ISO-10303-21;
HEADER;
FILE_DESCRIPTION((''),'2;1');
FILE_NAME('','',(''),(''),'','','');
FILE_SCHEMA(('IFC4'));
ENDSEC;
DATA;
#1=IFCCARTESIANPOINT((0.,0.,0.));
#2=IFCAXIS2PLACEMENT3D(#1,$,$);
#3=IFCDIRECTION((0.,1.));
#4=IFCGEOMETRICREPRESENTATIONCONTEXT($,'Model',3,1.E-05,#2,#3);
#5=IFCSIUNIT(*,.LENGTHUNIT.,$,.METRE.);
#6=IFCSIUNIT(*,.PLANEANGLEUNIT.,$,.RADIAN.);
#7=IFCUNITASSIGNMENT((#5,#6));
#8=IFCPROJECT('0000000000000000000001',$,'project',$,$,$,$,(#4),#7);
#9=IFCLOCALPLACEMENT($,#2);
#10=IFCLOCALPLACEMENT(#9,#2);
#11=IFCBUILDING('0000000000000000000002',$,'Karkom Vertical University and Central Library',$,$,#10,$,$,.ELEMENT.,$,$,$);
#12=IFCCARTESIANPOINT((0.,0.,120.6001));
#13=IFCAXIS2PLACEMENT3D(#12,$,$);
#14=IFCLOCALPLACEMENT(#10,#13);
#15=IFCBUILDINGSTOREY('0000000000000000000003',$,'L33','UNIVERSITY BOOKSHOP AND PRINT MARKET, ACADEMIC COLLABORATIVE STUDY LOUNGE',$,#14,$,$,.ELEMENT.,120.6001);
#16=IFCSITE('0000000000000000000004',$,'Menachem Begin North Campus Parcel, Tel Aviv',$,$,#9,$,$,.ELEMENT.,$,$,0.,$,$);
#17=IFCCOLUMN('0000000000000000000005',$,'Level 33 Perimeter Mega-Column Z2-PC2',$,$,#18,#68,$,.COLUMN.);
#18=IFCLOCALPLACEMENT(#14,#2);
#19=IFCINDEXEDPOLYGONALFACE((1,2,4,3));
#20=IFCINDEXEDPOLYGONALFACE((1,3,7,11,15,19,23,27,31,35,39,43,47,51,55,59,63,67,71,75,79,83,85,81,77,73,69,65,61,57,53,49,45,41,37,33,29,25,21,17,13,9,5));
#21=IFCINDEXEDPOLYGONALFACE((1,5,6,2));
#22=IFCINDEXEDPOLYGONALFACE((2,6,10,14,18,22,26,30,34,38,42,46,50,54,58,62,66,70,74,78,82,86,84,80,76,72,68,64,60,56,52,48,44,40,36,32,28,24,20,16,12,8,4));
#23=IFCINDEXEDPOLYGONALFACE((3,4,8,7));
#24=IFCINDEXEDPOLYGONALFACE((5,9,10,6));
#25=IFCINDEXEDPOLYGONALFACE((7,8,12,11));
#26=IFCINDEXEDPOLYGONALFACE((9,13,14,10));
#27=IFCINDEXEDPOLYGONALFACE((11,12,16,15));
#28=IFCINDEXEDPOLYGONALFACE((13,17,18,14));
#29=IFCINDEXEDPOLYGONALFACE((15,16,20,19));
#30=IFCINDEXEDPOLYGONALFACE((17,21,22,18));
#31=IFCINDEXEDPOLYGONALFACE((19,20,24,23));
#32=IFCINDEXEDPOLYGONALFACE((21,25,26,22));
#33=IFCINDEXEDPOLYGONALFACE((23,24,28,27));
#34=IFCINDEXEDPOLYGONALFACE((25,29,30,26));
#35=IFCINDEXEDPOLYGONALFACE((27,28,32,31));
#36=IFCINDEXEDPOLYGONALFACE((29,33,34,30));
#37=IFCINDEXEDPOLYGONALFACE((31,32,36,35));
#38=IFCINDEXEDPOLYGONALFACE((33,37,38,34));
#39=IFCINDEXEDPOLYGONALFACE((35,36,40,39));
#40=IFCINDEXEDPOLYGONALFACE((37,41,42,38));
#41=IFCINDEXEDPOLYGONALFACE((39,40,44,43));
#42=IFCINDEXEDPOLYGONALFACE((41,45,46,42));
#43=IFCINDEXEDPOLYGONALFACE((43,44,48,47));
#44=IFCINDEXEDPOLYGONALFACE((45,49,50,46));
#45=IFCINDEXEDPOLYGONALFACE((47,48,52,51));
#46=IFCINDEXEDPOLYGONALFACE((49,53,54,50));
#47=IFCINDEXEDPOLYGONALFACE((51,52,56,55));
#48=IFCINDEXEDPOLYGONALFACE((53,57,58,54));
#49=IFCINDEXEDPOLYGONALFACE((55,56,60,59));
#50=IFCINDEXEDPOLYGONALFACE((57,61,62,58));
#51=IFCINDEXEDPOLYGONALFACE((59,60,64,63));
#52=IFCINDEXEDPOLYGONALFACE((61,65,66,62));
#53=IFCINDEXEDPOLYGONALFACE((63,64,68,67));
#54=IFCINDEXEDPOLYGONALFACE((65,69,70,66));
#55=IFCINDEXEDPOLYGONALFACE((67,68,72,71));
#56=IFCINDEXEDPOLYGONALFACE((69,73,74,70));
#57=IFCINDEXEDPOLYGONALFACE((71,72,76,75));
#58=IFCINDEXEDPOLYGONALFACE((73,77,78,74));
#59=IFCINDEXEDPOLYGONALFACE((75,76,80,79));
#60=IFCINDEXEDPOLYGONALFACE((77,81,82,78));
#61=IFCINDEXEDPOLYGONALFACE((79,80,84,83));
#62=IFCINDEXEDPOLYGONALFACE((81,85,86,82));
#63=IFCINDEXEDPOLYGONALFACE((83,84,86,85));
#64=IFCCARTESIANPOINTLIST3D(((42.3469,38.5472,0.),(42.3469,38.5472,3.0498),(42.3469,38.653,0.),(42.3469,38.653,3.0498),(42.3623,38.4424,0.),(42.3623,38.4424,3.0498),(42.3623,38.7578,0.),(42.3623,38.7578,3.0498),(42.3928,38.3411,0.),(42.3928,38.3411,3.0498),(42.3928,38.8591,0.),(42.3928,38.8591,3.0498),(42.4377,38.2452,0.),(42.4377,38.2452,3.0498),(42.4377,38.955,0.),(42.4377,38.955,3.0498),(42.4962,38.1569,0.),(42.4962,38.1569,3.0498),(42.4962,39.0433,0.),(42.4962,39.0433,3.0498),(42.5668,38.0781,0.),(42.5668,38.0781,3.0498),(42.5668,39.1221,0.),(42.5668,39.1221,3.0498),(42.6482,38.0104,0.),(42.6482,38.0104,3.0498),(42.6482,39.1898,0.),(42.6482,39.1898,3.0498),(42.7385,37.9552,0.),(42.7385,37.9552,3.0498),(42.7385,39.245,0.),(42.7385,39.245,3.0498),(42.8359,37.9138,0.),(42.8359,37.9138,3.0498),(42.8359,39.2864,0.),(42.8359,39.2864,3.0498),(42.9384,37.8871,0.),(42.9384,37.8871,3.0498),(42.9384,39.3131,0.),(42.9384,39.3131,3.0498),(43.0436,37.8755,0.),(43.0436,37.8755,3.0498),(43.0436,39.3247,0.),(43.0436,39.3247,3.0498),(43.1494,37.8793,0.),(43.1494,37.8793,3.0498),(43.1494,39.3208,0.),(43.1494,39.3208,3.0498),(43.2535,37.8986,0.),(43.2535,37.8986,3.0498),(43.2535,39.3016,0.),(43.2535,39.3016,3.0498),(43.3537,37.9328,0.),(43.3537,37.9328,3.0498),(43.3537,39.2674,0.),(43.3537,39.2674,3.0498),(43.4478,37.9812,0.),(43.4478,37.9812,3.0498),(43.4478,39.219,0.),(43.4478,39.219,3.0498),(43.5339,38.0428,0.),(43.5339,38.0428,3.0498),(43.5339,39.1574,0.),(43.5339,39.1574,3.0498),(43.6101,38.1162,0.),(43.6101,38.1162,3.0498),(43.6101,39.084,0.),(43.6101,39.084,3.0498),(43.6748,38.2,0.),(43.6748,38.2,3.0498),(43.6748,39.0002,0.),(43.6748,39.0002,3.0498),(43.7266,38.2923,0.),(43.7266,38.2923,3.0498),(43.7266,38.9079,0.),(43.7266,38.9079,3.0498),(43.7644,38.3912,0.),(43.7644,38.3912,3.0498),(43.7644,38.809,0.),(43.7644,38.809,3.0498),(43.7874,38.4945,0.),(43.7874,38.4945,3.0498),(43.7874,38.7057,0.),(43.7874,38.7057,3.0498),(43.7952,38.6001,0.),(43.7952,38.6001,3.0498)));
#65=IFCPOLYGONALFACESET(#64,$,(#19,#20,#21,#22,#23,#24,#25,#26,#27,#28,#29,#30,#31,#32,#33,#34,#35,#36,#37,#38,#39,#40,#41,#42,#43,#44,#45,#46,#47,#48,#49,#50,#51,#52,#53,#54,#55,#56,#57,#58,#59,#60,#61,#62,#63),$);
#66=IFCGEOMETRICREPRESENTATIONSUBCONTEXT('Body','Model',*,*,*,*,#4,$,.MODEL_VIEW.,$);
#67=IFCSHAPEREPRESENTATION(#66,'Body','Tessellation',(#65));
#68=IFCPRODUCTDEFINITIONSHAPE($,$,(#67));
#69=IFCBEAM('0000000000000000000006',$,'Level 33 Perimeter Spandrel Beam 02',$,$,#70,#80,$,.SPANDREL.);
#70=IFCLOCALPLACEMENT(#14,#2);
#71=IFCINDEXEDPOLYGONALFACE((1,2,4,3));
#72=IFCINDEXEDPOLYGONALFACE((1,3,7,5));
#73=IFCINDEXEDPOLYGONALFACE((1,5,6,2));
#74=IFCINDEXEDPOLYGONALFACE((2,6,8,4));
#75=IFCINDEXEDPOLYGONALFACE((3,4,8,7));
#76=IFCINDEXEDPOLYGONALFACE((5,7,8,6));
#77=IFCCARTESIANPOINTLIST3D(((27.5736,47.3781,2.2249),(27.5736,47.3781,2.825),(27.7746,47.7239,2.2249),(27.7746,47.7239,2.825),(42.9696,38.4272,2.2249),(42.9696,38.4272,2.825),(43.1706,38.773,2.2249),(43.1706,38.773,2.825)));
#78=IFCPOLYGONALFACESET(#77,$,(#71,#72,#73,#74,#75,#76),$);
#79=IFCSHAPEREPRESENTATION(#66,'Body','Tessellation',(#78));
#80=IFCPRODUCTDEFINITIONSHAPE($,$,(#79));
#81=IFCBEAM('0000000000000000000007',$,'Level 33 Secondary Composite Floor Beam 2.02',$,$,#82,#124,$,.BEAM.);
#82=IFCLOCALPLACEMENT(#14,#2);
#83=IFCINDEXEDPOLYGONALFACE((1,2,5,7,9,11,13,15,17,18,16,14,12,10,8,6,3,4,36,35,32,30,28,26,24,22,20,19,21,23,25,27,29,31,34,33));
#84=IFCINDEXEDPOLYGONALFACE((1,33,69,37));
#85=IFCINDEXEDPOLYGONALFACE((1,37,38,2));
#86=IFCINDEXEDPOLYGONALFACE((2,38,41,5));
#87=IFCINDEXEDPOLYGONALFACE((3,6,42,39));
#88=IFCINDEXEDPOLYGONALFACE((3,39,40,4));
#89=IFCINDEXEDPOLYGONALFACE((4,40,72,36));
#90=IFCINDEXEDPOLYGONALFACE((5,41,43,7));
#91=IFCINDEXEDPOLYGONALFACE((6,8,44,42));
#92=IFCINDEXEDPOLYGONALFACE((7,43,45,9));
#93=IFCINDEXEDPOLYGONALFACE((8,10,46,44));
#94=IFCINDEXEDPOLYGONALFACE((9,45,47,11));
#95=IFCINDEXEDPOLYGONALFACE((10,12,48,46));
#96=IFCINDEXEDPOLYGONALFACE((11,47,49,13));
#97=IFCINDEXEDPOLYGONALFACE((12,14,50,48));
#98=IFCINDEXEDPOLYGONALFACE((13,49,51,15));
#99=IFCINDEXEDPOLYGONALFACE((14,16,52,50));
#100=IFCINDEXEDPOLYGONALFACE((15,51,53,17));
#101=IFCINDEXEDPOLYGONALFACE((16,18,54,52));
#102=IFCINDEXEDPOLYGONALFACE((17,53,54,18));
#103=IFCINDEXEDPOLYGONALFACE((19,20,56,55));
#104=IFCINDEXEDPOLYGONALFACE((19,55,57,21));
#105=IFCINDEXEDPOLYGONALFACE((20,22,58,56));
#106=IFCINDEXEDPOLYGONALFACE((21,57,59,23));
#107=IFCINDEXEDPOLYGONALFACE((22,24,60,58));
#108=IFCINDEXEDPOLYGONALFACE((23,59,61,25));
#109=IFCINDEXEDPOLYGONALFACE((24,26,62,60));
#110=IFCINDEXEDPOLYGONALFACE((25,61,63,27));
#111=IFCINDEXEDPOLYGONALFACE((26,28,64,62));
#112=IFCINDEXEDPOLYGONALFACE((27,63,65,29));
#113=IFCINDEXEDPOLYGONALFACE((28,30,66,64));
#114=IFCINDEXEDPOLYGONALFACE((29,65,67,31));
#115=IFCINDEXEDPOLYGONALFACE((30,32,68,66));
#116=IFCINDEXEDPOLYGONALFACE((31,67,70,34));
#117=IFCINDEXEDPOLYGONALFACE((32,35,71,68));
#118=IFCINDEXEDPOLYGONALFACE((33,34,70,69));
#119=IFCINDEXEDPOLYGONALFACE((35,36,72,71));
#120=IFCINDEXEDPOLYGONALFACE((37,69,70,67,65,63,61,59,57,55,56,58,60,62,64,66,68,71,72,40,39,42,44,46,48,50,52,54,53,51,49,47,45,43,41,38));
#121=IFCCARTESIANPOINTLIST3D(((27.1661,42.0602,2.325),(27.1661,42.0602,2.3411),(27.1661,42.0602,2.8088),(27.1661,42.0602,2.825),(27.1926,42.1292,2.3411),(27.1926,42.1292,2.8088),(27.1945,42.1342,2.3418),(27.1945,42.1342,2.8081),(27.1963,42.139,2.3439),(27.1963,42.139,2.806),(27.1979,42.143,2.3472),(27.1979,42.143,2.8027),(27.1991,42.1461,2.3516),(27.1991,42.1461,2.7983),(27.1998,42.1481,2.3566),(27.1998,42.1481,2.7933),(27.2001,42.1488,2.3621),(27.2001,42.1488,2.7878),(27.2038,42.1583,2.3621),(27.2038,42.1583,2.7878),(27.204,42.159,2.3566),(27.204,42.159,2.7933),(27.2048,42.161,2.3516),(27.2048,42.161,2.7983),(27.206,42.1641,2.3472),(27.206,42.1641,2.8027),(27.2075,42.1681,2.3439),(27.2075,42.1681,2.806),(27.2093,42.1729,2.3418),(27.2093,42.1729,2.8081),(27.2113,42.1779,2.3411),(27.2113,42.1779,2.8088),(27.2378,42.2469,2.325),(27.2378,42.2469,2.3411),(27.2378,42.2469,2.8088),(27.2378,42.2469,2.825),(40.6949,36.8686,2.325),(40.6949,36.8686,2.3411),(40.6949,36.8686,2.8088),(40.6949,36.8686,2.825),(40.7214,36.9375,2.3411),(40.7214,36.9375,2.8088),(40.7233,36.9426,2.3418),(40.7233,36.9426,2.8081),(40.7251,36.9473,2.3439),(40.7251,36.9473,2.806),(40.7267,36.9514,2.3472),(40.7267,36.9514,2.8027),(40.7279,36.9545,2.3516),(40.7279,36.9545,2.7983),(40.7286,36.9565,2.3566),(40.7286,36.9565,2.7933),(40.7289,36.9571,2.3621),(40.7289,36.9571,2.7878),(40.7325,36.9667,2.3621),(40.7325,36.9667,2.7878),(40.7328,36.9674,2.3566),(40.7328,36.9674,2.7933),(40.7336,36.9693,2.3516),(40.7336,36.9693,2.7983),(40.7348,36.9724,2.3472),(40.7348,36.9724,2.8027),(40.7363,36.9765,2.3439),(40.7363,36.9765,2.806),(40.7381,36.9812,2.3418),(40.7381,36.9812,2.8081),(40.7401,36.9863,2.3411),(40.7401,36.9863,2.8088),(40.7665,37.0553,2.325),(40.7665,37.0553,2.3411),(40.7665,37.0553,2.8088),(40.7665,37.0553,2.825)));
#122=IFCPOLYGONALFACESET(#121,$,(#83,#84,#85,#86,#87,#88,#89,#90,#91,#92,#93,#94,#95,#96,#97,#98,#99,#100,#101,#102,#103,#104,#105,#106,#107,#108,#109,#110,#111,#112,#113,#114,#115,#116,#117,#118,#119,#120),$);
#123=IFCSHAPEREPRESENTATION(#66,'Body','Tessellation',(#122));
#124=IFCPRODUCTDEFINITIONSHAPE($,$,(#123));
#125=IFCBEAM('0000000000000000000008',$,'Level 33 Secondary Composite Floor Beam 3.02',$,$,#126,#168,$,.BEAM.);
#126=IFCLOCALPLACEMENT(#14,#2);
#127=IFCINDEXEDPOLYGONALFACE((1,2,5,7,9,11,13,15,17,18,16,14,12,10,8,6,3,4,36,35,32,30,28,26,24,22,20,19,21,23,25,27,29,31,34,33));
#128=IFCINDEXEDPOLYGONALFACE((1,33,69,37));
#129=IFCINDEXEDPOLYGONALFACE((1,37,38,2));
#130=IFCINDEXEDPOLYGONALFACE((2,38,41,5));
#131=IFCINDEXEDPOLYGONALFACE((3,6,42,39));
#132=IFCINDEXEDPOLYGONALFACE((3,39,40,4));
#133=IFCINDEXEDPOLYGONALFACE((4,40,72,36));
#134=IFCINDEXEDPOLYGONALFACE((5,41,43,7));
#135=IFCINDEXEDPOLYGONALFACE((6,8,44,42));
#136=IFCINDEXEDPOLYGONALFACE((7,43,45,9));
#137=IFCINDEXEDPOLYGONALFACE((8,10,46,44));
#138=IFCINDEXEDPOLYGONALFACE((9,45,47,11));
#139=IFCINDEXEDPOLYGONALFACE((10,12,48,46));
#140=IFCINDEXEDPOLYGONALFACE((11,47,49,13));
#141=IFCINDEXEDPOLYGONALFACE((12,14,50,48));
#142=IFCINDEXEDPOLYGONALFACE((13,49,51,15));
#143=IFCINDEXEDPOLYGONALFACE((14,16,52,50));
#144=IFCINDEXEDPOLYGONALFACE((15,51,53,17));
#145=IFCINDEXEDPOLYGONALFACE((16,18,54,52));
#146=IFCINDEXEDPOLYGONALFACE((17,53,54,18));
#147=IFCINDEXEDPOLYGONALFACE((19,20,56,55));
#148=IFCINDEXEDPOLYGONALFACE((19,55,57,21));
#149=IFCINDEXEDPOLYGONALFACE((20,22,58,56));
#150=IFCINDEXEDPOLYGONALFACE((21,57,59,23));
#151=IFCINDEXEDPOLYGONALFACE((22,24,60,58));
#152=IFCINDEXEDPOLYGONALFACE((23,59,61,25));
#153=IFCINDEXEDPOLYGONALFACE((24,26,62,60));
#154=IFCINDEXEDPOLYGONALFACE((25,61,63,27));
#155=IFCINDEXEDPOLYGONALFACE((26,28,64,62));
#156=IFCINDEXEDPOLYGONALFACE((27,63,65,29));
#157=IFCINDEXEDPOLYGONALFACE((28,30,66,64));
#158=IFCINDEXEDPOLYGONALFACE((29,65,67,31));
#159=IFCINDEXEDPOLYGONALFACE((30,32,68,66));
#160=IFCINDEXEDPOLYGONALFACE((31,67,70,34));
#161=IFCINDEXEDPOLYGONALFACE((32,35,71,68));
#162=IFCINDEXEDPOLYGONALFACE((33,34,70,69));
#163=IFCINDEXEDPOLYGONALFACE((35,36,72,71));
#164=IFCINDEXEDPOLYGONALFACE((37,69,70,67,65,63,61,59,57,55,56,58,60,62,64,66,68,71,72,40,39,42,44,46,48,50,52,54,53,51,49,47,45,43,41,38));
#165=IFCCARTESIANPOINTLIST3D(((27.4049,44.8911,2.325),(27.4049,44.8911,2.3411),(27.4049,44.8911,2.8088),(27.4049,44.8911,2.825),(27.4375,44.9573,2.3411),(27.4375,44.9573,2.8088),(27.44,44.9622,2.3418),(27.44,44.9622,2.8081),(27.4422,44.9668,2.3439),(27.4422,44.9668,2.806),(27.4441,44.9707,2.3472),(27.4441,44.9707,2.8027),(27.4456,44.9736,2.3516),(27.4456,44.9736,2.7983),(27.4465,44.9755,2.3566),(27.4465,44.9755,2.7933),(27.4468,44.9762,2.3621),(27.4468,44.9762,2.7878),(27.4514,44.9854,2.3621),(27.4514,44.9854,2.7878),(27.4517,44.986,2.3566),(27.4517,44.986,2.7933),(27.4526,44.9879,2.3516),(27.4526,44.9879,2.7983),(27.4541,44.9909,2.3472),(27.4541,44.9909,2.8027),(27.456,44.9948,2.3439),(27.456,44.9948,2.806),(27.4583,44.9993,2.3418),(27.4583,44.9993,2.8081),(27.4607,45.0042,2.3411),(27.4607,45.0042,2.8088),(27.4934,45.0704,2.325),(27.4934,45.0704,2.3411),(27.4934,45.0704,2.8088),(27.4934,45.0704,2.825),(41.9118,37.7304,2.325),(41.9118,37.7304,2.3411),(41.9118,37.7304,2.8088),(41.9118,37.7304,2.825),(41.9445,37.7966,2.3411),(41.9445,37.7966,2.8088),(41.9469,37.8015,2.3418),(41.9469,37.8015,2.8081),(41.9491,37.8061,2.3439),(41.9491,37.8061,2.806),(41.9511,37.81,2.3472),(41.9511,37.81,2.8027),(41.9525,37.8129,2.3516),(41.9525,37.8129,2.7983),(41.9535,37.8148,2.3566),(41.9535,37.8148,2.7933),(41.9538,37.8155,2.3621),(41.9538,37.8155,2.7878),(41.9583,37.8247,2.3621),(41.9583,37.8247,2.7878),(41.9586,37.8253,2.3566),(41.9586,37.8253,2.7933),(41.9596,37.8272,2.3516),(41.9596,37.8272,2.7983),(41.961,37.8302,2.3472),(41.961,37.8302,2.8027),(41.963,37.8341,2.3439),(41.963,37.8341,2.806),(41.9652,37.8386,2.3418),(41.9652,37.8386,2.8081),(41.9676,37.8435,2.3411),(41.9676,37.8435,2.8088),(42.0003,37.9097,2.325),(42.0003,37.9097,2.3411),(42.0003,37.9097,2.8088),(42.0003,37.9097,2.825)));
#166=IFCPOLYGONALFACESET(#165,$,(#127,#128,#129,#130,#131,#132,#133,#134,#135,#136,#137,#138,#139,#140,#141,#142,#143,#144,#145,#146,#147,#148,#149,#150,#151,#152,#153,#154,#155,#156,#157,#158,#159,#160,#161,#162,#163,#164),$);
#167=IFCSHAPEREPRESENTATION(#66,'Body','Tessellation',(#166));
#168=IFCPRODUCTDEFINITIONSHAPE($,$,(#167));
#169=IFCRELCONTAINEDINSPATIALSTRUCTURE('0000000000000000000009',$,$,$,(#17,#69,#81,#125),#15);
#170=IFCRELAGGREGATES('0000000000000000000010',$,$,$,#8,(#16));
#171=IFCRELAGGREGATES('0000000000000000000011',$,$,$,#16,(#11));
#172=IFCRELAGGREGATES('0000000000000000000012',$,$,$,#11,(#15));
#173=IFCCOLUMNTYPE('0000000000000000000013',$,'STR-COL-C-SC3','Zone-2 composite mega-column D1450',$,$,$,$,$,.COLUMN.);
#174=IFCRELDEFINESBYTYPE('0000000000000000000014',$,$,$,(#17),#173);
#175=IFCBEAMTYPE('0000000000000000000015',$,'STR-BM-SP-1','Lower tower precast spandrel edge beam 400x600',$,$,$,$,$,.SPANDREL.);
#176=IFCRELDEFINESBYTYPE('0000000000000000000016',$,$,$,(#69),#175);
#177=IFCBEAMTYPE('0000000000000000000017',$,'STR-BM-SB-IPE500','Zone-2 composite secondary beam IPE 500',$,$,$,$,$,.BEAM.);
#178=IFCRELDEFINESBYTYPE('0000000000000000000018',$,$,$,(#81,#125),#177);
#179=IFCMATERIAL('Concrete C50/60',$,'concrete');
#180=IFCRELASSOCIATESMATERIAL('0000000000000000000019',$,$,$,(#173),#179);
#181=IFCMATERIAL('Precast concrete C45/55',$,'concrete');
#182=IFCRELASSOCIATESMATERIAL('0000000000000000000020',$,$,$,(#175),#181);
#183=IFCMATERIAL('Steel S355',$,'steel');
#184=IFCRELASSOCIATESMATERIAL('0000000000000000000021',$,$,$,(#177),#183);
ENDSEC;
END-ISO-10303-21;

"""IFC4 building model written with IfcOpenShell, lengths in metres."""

from ifc_helpers import new_model, si_unit, direction, frame, origin, origin_with_axes, origin_2d, place, context, subcontext, project, spatial, rectangle, circle, i_section, extrude, source, transform, mapped, material, material_profile, profile_set, type_object, element, save


model = new_model("IFC4")

# Units and contexts
model_context = context("Model", 3, precision=1e-05, world=origin(), true_north=direction((0.0, 1.0)))
body_context = subcontext(model_context, "Body", "Model", "MODEL_VIEW")
ifc_project = project(units=[si_unit("LENGTHUNIT", "METRE"), si_unit("PLANEANGLEUNIT", "RADIAN")], contexts=[model_context])

# Site, building, storey
site_placement = place(None, origin())
site = spatial("IfcSite", under=ifc_project, at=site_placement, Name="Menachem Begin North Campus Parcel, Tel Aviv", CompositionType="ELEMENT", RefElevation=0.0)
building_placement = place(site_placement, origin())
building = spatial("IfcBuilding", under=site, at=building_placement, Name="Karkom Vertical University and Central Library", CompositionType="ELEMENT")
storey_placement = place(building_placement, frame((0.0, 0.0, 120.6001)))
storey = spatial("IfcBuildingStorey", under=building, at=storey_placement, Name="L33", Description="UNIVERSITY BOOKSHOP AND PRINT MARKET, ACADEMIC COLLABORATIVE STUDY LOUNGE", CompositionType="ELEMENT", Elevation=120.6001)

# Column
ifc_material_1 = material(Name="Concrete C50/60", Category="concrete")
ifc_material_profile_1 = material_profile(ifc_material_1, circle(Radius=0.7251, at=origin_2d()), Name="CFT-D1450")
ifc_profile_set_1 = profile_set([ifc_material_profile_1], Name="Concrete C50/60")
column_type = type_object("IfcColumnType", Name="STR-COL-C-SC3", Description="Zone-2 composite mega-column D1450", PredefinedType="COLUMN", material=ifc_profile_set_1)
shared_shape_1 = source(origin_with_axes(), body_context, "Body", "SweptSolid", [
    extrude(circle(Radius=0.7251, at=origin_2d()), origin(), (0.0, 0.0, 1.0), 3.0498),
])
column_placement = place(storey_placement, frame((43.0701, 38.6001, 0.0), z_axis=(0.0, 0.0, 1.0), x_axis=(1.0, 0.0, 0.0)))
element("IfcColumn", 1, at=column_placement, inside=storey, type_object=column_type, Name="Level 33 Perimeter Mega-Column Z2-PC2", PredefinedType="COLUMN", context=body_context, shape_type="MappedRepresentation", body=[
    mapped(shared_shape_1, transform((0.0, 0.0, 0.0), scale=1.0)),
])

# Beams
ifc_material_2 = material(Name="Precast concrete C45/55", Category="concrete")
ifc_material_profile_2 = material_profile(ifc_material_2, rectangle(XDim=0.3999, YDim=0.6001, at=origin_2d()), Name="SPB-400x600")
ifc_profile_set_2 = profile_set([ifc_material_profile_2], Name="Precast concrete C45/55")
beam_type_1 = type_object("IfcBeamType", Name="STR-BM-SP-1", Description="Lower tower precast spandrel edge beam 400x600", PredefinedType="SPANDREL", material=ifc_profile_set_2)
shared_shape_2 = source(origin_with_axes(), body_context, "Body", "SweptSolid", [
    extrude(rectangle(XDim=0.3999, YDim=0.6001, at=origin_2d()), origin(), (0.0, 0.0, 1.0), 17.8088),
])
beam_1_placement = place(storey_placement, frame((43.0701, 38.6001, 2.5249), z_axis=(-0.864513, 0.502611, 0.0), x_axis=(-0.502611, -0.864513, 0.0)))
element("IfcBeam", 2, at=beam_1_placement, inside=storey, type_object=beam_type_1, Name="Level 33 Perimeter Spandrel Beam 02", PredefinedType="SPANDREL", context=body_context, shape_type="MappedRepresentation", body=[
    mapped(shared_shape_2, transform((0.0, 0.0, 0.0), scale=1.0)),
])
ifc_material_3 = material(Name="Steel S355", Category="steel")
ifc_material_profile_3 = material_profile(ifc_material_3, i_section(OverallWidth=0.2, OverallDepth=0.5, WebThickness=0.0103, FlangeThickness=0.0161, FilletRadius=0.021, at=origin_2d()), Name="IPE 500")
ifc_profile_set_3 = profile_set([ifc_material_profile_3], Name="Steel S355")
beam_type_2 = type_object("IfcBeamType", Name="STR-BM-SB-IPE500", Description="Zone-2 composite secondary beam IPE 500", PredefinedType="BEAM", material=ifc_profile_set_3)
shared_shape_3 = source(origin_with_axes(), body_context, "Body", "SweptSolid", [
    extrude(i_section(OverallWidth=0.2, OverallDepth=0.5, WebThickness=0.0103, FlangeThickness=0.0161, FilletRadius=0.021, at=origin_2d()), origin(), (0.0, 0.0, 1.0), 14.4907),
])
beam_2_placement = place(storey_placement, frame((40.7307, 36.9619, 2.575), z_axis=(-0.933617, 0.358273, 0.0), x_axis=(-0.358273, -0.933617, 0.0)))
element("IfcBeam", 3, at=beam_2_placement, inside=storey, type_object=beam_type_2, Name="Level 33 Secondary Composite Floor Beam 2.02", PredefinedType="BEAM", context=body_context, shape_type="MappedRepresentation", body=[
    mapped(shared_shape_3, transform((0.0, 0.0, 0.0), scale=1.0)),
])
shared_shape_4 = source(origin_with_axes(), body_context, "Body", "SweptSolid", [
    extrude(i_section(OverallWidth=0.2, OverallDepth=0.5, WebThickness=0.0103, FlangeThickness=0.0161, FilletRadius=0.021, at=origin_2d()), origin(), (0.0, 0.0, 1.0), 16.178),
])
beam_3_placement = place(storey_placement, frame((41.9561, 37.8201, 2.575), z_axis=(-0.896709, 0.44262, 0.0), x_axis=(-0.44262, -0.896709, 0.0)))
element("IfcBeam", 4, at=beam_3_placement, inside=storey, type_object=beam_type_2, Name="Level 33 Secondary Composite Floor Beam 3.02", PredefinedType="BEAM", context=body_context, shape_type="MappedRepresentation", body=[
    mapped(shared_shape_4, transform((0.0, 0.0, 0.0), scale=1.0)),
])

save(model, "model.ifc")
